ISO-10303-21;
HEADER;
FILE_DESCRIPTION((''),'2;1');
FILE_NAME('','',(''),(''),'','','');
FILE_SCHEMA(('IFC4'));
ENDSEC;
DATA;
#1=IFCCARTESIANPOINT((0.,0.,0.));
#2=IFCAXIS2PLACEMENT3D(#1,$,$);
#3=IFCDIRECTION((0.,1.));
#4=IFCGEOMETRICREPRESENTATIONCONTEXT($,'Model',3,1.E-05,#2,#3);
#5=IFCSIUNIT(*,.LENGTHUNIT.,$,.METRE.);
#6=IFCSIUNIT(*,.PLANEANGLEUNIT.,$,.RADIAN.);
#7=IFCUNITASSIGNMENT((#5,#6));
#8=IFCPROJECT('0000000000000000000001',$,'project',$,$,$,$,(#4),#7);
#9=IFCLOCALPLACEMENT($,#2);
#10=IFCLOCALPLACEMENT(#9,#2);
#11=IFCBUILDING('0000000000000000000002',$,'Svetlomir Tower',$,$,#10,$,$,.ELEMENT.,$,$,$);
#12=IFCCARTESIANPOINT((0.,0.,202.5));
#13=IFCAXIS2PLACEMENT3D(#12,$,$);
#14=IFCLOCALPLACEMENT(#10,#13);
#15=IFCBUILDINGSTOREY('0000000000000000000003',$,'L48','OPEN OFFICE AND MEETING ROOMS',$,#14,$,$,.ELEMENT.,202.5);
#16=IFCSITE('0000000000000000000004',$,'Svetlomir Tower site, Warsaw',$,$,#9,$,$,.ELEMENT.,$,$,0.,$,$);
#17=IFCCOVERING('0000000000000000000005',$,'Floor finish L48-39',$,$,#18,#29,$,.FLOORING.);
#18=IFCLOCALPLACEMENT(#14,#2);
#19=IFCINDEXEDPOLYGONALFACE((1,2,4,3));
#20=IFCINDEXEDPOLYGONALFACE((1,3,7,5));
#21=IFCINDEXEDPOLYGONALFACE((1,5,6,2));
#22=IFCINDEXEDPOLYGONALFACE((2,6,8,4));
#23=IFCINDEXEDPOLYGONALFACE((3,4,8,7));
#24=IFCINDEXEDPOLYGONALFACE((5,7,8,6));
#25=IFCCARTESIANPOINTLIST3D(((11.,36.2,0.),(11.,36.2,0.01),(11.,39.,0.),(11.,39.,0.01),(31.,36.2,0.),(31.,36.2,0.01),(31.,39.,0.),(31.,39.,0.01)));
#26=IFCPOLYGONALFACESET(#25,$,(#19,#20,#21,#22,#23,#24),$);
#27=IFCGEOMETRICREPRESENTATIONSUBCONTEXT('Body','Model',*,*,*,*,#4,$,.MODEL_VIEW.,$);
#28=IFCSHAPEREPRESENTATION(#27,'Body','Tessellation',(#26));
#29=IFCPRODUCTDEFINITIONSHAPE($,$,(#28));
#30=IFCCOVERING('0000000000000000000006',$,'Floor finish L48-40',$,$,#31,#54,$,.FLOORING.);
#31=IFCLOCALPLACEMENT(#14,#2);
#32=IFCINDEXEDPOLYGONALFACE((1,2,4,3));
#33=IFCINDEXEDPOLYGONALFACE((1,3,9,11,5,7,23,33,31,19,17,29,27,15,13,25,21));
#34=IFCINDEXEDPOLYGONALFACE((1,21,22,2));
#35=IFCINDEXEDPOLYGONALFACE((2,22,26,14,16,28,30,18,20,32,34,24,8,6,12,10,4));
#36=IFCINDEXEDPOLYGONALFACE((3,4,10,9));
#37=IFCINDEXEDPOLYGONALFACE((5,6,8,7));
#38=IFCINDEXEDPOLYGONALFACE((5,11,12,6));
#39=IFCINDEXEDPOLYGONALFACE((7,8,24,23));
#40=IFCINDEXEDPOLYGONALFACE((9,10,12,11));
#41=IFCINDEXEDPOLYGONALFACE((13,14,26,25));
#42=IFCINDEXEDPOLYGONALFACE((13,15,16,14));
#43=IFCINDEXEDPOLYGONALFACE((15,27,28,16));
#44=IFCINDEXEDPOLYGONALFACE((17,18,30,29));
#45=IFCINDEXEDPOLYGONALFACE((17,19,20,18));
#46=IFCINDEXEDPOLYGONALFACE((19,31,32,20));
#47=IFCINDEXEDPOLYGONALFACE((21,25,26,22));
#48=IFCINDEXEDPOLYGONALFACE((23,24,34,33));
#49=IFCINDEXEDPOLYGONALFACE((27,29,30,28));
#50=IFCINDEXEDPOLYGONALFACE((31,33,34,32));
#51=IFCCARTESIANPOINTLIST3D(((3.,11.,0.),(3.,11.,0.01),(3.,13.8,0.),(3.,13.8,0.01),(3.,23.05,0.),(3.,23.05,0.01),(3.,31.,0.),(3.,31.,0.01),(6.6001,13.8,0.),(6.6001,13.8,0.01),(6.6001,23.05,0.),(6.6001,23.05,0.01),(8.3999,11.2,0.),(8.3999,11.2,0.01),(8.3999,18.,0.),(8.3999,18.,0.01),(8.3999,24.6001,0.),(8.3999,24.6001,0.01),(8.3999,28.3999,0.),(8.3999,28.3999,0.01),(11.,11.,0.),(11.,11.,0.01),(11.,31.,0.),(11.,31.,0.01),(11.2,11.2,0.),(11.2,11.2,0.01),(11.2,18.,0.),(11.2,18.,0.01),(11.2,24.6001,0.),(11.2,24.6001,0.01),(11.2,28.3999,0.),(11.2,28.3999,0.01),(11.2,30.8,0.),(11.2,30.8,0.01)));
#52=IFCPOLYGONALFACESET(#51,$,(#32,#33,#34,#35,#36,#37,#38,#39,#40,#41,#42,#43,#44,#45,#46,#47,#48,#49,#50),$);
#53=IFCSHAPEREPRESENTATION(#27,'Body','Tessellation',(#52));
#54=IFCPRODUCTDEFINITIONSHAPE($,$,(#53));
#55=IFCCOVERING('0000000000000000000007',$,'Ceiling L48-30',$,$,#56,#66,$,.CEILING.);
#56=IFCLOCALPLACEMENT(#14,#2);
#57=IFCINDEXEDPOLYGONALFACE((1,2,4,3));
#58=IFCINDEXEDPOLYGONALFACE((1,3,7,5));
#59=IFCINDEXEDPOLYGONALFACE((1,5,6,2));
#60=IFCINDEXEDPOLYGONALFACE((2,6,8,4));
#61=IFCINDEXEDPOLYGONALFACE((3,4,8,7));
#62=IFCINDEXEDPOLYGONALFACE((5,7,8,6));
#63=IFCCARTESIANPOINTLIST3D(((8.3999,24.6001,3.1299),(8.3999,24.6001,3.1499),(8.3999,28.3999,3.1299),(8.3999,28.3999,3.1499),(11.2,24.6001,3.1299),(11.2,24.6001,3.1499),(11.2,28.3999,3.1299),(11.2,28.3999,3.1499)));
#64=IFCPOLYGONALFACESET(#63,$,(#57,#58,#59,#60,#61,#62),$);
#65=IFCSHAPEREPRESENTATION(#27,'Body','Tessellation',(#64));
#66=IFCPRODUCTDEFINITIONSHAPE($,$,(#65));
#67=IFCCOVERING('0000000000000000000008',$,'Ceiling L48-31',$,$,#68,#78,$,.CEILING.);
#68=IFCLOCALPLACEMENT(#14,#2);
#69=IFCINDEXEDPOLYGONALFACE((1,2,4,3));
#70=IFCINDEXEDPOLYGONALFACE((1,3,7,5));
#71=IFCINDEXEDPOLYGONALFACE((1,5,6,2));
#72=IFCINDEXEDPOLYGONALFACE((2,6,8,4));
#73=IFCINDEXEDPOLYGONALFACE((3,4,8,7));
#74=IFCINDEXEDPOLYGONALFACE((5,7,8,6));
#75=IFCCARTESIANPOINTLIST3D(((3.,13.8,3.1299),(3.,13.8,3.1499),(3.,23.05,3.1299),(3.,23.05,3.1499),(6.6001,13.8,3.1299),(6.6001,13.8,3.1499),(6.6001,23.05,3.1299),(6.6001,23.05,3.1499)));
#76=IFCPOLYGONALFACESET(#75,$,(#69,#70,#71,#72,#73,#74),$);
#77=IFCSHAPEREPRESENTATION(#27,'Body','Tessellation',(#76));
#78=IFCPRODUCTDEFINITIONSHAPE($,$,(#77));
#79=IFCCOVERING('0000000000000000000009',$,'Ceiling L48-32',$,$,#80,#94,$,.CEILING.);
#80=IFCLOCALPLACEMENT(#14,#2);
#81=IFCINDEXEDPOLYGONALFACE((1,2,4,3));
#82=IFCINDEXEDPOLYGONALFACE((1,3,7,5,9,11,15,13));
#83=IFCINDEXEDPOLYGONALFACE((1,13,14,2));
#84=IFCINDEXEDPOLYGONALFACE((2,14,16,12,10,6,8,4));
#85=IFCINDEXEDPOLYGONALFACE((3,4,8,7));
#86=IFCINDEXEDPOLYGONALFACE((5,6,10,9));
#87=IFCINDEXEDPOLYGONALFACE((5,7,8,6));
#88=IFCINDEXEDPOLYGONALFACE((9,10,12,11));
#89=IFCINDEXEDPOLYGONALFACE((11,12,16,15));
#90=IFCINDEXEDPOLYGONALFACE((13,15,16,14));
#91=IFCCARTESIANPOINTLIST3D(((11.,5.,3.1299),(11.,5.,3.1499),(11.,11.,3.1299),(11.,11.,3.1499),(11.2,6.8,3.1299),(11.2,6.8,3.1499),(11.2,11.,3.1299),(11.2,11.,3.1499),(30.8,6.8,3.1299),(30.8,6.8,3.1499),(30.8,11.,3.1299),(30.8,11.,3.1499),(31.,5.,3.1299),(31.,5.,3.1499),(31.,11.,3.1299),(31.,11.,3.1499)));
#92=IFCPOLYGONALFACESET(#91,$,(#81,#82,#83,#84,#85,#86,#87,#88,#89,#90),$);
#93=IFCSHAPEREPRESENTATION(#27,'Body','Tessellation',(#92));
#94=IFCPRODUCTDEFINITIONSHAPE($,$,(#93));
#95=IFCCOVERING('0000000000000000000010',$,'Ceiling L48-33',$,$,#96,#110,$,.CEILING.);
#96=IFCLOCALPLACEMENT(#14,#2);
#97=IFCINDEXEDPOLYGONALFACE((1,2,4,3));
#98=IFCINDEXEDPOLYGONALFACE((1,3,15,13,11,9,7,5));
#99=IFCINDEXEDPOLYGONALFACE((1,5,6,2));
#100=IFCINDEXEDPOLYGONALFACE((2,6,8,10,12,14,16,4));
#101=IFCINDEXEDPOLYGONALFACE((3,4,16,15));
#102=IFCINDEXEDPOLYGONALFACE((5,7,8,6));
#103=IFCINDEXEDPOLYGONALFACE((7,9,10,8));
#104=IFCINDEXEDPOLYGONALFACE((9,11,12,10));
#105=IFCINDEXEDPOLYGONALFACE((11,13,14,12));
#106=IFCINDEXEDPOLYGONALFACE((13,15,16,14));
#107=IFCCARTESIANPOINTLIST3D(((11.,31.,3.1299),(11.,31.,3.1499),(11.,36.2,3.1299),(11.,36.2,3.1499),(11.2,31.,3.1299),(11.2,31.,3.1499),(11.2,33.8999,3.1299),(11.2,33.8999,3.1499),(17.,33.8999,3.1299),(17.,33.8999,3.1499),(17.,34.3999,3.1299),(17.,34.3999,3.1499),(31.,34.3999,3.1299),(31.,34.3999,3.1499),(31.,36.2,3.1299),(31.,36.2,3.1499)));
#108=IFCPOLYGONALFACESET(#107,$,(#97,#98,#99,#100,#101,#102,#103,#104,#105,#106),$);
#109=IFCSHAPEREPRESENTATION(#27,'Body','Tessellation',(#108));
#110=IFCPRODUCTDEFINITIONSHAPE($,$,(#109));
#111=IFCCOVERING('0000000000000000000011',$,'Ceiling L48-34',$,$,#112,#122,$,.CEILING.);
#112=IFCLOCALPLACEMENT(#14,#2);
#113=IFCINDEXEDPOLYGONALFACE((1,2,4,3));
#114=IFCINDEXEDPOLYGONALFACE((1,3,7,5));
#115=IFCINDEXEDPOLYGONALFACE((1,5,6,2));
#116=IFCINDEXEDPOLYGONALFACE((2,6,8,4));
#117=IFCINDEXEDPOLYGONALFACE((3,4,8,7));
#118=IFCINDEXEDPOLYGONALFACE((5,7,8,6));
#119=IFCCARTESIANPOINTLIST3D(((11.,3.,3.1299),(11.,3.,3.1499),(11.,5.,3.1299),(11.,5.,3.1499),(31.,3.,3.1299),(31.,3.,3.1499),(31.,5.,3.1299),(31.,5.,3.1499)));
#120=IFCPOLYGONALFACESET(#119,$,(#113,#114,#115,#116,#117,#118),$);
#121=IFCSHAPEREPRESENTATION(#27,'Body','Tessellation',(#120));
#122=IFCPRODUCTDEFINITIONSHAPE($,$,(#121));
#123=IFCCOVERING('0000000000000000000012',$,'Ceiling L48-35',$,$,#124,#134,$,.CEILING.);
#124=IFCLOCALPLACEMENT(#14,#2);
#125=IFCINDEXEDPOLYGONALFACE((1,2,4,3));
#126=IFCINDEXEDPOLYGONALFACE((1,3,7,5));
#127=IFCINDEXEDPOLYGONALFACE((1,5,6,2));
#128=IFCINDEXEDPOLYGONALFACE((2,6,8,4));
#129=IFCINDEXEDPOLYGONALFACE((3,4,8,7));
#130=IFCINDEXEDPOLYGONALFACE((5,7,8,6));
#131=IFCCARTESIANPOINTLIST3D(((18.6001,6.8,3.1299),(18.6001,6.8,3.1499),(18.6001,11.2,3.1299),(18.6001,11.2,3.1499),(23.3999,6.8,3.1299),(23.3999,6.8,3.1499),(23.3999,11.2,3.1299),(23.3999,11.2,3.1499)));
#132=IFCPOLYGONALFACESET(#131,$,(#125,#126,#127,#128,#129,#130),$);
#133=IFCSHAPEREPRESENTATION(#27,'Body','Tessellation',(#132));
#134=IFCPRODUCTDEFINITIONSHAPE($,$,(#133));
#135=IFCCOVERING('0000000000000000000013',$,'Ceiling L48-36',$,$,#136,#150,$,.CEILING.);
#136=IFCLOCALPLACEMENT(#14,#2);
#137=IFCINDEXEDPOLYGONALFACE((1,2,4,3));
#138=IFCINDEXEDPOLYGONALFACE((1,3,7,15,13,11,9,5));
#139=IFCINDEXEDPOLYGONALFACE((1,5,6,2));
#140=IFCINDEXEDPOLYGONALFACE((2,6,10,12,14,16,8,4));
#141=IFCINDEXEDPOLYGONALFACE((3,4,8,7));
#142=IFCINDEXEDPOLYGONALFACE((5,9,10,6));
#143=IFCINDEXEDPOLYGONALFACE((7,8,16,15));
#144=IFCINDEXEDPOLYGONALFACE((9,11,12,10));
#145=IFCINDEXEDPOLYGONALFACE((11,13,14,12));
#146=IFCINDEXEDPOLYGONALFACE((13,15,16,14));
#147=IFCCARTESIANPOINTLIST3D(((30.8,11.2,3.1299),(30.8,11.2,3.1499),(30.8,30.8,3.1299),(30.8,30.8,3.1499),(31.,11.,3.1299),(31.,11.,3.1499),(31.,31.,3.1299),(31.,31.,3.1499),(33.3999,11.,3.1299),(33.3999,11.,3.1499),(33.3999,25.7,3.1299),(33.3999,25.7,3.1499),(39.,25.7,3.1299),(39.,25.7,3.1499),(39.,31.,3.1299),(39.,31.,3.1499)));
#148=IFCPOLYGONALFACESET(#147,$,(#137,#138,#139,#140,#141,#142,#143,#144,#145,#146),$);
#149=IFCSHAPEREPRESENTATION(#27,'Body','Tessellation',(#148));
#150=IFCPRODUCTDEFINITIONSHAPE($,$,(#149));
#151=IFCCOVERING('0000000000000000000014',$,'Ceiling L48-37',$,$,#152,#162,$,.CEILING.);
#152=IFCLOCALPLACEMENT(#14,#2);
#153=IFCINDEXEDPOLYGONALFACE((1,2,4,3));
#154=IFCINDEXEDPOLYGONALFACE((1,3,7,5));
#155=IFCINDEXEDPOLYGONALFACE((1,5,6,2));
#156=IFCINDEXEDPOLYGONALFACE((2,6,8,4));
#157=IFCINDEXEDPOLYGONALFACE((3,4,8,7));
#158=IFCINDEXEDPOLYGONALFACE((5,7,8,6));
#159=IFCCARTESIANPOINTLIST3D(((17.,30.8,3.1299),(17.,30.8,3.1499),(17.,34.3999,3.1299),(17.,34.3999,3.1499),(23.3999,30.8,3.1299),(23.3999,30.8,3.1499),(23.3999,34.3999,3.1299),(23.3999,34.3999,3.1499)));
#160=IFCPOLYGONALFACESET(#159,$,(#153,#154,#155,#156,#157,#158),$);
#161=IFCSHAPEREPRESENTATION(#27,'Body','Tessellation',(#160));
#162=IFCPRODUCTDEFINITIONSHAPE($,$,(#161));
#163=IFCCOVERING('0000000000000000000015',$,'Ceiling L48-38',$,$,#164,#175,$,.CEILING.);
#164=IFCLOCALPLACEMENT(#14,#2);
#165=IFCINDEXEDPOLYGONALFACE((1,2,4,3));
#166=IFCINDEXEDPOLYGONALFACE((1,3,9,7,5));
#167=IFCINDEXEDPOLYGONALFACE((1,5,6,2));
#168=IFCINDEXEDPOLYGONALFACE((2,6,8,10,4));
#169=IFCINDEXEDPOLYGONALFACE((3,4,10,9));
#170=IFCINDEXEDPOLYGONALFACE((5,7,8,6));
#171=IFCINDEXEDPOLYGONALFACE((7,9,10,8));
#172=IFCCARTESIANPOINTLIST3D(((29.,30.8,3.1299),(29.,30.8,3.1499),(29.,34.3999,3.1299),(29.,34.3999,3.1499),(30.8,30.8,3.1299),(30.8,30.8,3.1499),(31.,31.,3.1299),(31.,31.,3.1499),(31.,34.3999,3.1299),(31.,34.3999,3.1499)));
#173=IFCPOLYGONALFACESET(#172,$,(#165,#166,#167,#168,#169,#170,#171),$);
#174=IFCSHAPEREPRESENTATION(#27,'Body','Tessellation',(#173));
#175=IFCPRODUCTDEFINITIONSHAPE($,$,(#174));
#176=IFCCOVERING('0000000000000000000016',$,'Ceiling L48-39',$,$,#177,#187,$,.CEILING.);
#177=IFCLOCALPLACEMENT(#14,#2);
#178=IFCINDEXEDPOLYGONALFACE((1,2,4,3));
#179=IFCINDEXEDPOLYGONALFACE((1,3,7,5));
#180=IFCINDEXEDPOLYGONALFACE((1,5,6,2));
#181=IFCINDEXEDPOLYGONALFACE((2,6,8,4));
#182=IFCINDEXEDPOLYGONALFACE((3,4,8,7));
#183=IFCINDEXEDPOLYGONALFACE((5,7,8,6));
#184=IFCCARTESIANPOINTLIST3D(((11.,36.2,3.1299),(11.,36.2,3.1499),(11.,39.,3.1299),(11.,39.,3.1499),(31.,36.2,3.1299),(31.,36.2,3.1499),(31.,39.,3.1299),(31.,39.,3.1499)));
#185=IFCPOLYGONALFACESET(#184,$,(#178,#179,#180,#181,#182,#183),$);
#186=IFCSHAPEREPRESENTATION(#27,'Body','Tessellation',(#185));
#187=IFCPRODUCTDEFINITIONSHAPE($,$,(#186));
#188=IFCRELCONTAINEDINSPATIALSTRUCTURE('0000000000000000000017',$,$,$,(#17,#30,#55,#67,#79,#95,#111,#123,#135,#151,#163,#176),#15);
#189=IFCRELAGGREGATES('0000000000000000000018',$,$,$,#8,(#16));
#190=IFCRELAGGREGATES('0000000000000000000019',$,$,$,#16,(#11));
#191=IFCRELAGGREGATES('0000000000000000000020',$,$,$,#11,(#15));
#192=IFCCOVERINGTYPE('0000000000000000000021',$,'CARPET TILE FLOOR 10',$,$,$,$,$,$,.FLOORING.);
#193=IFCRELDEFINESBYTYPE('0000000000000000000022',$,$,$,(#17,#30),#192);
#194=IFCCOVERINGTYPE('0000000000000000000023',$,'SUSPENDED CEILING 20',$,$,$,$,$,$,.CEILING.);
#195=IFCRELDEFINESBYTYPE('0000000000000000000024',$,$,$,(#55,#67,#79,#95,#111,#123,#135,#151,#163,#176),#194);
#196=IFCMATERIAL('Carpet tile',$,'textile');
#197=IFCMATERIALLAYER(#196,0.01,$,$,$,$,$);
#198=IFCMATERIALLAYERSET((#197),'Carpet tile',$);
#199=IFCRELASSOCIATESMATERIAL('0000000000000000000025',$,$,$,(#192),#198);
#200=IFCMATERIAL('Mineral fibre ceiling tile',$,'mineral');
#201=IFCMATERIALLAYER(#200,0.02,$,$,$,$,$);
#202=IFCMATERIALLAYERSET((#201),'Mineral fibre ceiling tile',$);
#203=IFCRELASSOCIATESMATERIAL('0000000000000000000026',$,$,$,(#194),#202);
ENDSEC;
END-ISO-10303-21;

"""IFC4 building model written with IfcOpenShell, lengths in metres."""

from ifc_helpers import new_model, si_unit, direction, frame, origin, place, context, subcontext, project, spatial, polyline, outline, extrude, material, layer, layer_set, type_object, element, save


model = new_model("IFC4")

# Units and contexts
model_context = context("Model", 3, precision=1e-05, world=origin(), true_north=direction((0.0, 1.0)))
body_context = subcontext(model_context, "Body", "Model", "MODEL_VIEW")
ifc_project = project(units=[si_unit("LENGTHUNIT", "METRE"), si_unit("PLANEANGLEUNIT", "RADIAN")], contexts=[model_context])

# Site, building, storey
site_placement = place(None, origin())
site = spatial("IfcSite", under=ifc_project, at=site_placement, Name="Svetlomir Tower site, Warsaw", CompositionType="ELEMENT", RefElevation=0.0)
building_placement = place(site_placement, origin())
building = spatial("IfcBuilding", under=site, at=building_placement, Name="Svetlomir Tower", CompositionType="ELEMENT")
storey_placement = place(building_placement, frame((0.0, 0.0, 202.5)))
storey = spatial("IfcBuildingStorey", under=building, at=storey_placement, Name="L48", Description="OPEN OFFICE AND MEETING ROOMS", CompositionType="ELEMENT", Elevation=202.5)

# Coverings
ifc_material_1 = material(Name="Carpet tile", Category="textile")
ifc_layer_1 = layer(ifc_material_1, 0.01)
ifc_layer_set_1 = layer_set([ifc_layer_1], Name="Carpet tile")
covering_type_1 = type_object("IfcCoveringType", Name="CARPET TILE FLOOR 10", PredefinedType="FLOORING", material=ifc_layer_set_1)
covering_1_placement = place(storey_placement, origin())
element("IfcCovering", 1, at=covering_1_placement, inside=storey, type_object=covering_type_1, Name="Floor finish L48-39", PredefinedType="FLOORING", context=body_context, shape_type="SweptSolid", body=[
    extrude(outline(polyline([(31.0, 39.0), (31.0, 36.2), (11.0, 36.2), (11.0, 39.0), (31.0, 39.0)])), origin(), (0.0, 0.0, 1.0), 0.01),
])
covering_2_placement = place(storey_placement, origin())
element("IfcCovering", 2, at=covering_2_placement, inside=storey, type_object=covering_type_1, Name="Floor finish L48-40", PredefinedType="FLOORING", context=body_context, shape_type="SweptSolid", body=[
    extrude(outline(polyline([(3.0, 13.8), (6.6001, 13.8), (6.6001, 23.05), (3.0, 23.05), (3.0, 31.0), (11.0, 31.0), (11.2, 30.8), (11.2, 28.3999), (8.3999, 28.3999), (8.3999, 24.6001), (11.2, 24.6001), (11.2, 18.0), (8.3999, 18.0), (8.3999, 11.2), (11.2, 11.2), (11.0, 11.0), (3.0, 11.0), (3.0, 13.8)])), origin(), (0.0, 0.0, 1.0), 0.01),
])
ifc_material_2 = material(Name="Mineral fibre ceiling tile", Category="mineral")
ifc_layer_2 = layer(ifc_material_2, 0.02)
ifc_layer_set_2 = layer_set([ifc_layer_2], Name="Mineral fibre ceiling tile")
covering_type_2 = type_object("IfcCoveringType", Name="SUSPENDED CEILING 20", PredefinedType="CEILING", material=ifc_layer_set_2)
covering_3_placement = place(storey_placement, frame((0.0, 0.0, 3.1299)))
element("IfcCovering", 3, at=covering_3_placement, inside=storey, type_object=covering_type_2, Name="Ceiling L48-30", PredefinedType="CEILING", context=body_context, shape_type="SweptSolid", body=[
    extrude(outline(polyline([(8.3999, 24.6001), (11.2, 24.6001), (11.2, 28.3999), (8.3999, 28.3999), (8.3999, 24.6001)])), origin(), (0.0, 0.0, 1.0), 0.02),
])
covering_4_placement = place(storey_placement, frame((0.0, 0.0, 3.1299)))
element("IfcCovering", 4, at=covering_4_placement, inside=storey, type_object=covering_type_2, Name="Ceiling L48-31", PredefinedType="CEILING", context=body_context, shape_type="SweptSolid", body=[
    extrude(outline(polyline([(3.0, 13.8), (6.6001, 13.8), (6.6001, 23.05), (3.0, 23.05), (3.0, 13.8)])), origin(), (0.0, 0.0, 1.0), 0.02),
])
covering_5_placement = place(storey_placement, frame((0.0, 0.0, 3.1299)))
element("IfcCovering", 5, at=covering_5_placement, inside=storey, type_object=covering_type_2, Name="Ceiling L48-32", PredefinedType="CEILING", context=body_context, shape_type="SweptSolid", body=[
    extrude(outline(polyline([(11.0, 11.0), (11.2, 11.0), (11.2, 6.8), (30.8, 6.8), (30.8, 11.0), (31.0, 11.0), (31.0, 5.0), (11.0, 5.0), (11.0, 11.0)])), origin(), (0.0, 0.0, 1.0), 0.02),
])
covering_6_placement = place(storey_placement, frame((0.0, 0.0, 3.1299)))
element("IfcCovering", 6, at=covering_6_placement, inside=storey, type_object=covering_type_2, Name="Ceiling L48-33", PredefinedType="CEILING", context=body_context, shape_type="SweptSolid", body=[
    extrude(outline(polyline([(11.2, 31.0), (11.0, 31.0), (11.0, 36.2), (31.0, 36.2), (31.0, 34.3999), (17.0, 34.3999), (17.0, 33.8999), (11.2, 33.8999), (11.2, 31.0)])), origin(), (0.0, 0.0, 1.0), 0.02),
])
covering_7_placement = place(storey_placement, frame((0.0, 0.0, 3.1299)))
element("IfcCovering", 7, at=covering_7_placement, inside=storey, type_object=covering_type_2, Name="Ceiling L48-34", PredefinedType="CEILING", context=body_context, shape_type="SweptSolid", body=[
    extrude(outline(polyline([(11.0, 3.0), (11.0, 5.0), (31.0, 5.0), (31.0, 3.0), (11.0, 3.0)])), origin(), (0.0, 0.0, 1.0), 0.02),
])
covering_8_placement = place(storey_placement, frame((0.0, 0.0, 3.1299)))
element("IfcCovering", 8, at=covering_8_placement, inside=storey, type_object=covering_type_2, Name="Ceiling L48-35", PredefinedType="CEILING", context=body_context, shape_type="SweptSolid", body=[
    extrude(outline(polyline([(23.3999, 6.8), (18.6001, 6.8), (18.6001, 11.2), (23.3999, 11.2), (23.3999, 6.8)])), origin(), (0.0, 0.0, 1.0), 0.02),
])
covering_9_placement = place(storey_placement, frame((0.0, 0.0, 3.1299)))
element("IfcCovering", 9, at=covering_9_placement, inside=storey, type_object=covering_type_2, Name="Ceiling L48-36", PredefinedType="CEILING", context=body_context, shape_type="SweptSolid", body=[
    extrude(outline(polyline([(39.0, 31.0), (39.0, 25.7), (33.3999, 25.7), (33.3999, 11.0), (31.0, 11.0), (30.8, 11.2), (30.8, 30.8), (31.0, 31.0), (39.0, 31.0)])), origin(), (0.0, 0.0, 1.0), 0.02),
])
covering_10_placement = place(storey_placement, frame((0.0, 0.0, 3.1299)))
element("IfcCovering", 10, at=covering_10_placement, inside=storey, type_object=covering_type_2, Name="Ceiling L48-37", PredefinedType="CEILING", context=body_context, shape_type="SweptSolid", body=[
    extrude(outline(polyline([(17.0, 30.8), (17.0, 34.3999), (23.3999, 34.3999), (23.3999, 30.8), (17.0, 30.8)])), origin(), (0.0, 0.0, 1.0), 0.02),
])
covering_11_placement = place(storey_placement, frame((0.0, 0.0, 3.1299)))
element("IfcCovering", 11, at=covering_11_placement, inside=storey, type_object=covering_type_2, Name="Ceiling L48-38", PredefinedType="CEILING", context=body_context, shape_type="SweptSolid", body=[
    extrude(outline(polyline([(29.0, 30.8), (29.0, 34.3999), (31.0, 34.3999), (31.0, 31.0), (30.8, 30.8), (29.0, 30.8)])), origin(), (0.0, 0.0, 1.0), 0.02),
])
covering_12_placement = place(storey_placement, frame((0.0, 0.0, 3.1299)))
element("IfcCovering", 12, at=covering_12_placement, inside=storey, type_object=covering_type_2, Name="Ceiling L48-39", PredefinedType="CEILING", context=body_context, shape_type="SweptSolid", body=[
    extrude(outline(polyline([(31.0, 39.0), (31.0, 36.2), (11.0, 36.2), (11.0, 39.0), (31.0, 39.0)])), origin(), (0.0, 0.0, 1.0), 0.02),
])

save(model, "model.ifc")
